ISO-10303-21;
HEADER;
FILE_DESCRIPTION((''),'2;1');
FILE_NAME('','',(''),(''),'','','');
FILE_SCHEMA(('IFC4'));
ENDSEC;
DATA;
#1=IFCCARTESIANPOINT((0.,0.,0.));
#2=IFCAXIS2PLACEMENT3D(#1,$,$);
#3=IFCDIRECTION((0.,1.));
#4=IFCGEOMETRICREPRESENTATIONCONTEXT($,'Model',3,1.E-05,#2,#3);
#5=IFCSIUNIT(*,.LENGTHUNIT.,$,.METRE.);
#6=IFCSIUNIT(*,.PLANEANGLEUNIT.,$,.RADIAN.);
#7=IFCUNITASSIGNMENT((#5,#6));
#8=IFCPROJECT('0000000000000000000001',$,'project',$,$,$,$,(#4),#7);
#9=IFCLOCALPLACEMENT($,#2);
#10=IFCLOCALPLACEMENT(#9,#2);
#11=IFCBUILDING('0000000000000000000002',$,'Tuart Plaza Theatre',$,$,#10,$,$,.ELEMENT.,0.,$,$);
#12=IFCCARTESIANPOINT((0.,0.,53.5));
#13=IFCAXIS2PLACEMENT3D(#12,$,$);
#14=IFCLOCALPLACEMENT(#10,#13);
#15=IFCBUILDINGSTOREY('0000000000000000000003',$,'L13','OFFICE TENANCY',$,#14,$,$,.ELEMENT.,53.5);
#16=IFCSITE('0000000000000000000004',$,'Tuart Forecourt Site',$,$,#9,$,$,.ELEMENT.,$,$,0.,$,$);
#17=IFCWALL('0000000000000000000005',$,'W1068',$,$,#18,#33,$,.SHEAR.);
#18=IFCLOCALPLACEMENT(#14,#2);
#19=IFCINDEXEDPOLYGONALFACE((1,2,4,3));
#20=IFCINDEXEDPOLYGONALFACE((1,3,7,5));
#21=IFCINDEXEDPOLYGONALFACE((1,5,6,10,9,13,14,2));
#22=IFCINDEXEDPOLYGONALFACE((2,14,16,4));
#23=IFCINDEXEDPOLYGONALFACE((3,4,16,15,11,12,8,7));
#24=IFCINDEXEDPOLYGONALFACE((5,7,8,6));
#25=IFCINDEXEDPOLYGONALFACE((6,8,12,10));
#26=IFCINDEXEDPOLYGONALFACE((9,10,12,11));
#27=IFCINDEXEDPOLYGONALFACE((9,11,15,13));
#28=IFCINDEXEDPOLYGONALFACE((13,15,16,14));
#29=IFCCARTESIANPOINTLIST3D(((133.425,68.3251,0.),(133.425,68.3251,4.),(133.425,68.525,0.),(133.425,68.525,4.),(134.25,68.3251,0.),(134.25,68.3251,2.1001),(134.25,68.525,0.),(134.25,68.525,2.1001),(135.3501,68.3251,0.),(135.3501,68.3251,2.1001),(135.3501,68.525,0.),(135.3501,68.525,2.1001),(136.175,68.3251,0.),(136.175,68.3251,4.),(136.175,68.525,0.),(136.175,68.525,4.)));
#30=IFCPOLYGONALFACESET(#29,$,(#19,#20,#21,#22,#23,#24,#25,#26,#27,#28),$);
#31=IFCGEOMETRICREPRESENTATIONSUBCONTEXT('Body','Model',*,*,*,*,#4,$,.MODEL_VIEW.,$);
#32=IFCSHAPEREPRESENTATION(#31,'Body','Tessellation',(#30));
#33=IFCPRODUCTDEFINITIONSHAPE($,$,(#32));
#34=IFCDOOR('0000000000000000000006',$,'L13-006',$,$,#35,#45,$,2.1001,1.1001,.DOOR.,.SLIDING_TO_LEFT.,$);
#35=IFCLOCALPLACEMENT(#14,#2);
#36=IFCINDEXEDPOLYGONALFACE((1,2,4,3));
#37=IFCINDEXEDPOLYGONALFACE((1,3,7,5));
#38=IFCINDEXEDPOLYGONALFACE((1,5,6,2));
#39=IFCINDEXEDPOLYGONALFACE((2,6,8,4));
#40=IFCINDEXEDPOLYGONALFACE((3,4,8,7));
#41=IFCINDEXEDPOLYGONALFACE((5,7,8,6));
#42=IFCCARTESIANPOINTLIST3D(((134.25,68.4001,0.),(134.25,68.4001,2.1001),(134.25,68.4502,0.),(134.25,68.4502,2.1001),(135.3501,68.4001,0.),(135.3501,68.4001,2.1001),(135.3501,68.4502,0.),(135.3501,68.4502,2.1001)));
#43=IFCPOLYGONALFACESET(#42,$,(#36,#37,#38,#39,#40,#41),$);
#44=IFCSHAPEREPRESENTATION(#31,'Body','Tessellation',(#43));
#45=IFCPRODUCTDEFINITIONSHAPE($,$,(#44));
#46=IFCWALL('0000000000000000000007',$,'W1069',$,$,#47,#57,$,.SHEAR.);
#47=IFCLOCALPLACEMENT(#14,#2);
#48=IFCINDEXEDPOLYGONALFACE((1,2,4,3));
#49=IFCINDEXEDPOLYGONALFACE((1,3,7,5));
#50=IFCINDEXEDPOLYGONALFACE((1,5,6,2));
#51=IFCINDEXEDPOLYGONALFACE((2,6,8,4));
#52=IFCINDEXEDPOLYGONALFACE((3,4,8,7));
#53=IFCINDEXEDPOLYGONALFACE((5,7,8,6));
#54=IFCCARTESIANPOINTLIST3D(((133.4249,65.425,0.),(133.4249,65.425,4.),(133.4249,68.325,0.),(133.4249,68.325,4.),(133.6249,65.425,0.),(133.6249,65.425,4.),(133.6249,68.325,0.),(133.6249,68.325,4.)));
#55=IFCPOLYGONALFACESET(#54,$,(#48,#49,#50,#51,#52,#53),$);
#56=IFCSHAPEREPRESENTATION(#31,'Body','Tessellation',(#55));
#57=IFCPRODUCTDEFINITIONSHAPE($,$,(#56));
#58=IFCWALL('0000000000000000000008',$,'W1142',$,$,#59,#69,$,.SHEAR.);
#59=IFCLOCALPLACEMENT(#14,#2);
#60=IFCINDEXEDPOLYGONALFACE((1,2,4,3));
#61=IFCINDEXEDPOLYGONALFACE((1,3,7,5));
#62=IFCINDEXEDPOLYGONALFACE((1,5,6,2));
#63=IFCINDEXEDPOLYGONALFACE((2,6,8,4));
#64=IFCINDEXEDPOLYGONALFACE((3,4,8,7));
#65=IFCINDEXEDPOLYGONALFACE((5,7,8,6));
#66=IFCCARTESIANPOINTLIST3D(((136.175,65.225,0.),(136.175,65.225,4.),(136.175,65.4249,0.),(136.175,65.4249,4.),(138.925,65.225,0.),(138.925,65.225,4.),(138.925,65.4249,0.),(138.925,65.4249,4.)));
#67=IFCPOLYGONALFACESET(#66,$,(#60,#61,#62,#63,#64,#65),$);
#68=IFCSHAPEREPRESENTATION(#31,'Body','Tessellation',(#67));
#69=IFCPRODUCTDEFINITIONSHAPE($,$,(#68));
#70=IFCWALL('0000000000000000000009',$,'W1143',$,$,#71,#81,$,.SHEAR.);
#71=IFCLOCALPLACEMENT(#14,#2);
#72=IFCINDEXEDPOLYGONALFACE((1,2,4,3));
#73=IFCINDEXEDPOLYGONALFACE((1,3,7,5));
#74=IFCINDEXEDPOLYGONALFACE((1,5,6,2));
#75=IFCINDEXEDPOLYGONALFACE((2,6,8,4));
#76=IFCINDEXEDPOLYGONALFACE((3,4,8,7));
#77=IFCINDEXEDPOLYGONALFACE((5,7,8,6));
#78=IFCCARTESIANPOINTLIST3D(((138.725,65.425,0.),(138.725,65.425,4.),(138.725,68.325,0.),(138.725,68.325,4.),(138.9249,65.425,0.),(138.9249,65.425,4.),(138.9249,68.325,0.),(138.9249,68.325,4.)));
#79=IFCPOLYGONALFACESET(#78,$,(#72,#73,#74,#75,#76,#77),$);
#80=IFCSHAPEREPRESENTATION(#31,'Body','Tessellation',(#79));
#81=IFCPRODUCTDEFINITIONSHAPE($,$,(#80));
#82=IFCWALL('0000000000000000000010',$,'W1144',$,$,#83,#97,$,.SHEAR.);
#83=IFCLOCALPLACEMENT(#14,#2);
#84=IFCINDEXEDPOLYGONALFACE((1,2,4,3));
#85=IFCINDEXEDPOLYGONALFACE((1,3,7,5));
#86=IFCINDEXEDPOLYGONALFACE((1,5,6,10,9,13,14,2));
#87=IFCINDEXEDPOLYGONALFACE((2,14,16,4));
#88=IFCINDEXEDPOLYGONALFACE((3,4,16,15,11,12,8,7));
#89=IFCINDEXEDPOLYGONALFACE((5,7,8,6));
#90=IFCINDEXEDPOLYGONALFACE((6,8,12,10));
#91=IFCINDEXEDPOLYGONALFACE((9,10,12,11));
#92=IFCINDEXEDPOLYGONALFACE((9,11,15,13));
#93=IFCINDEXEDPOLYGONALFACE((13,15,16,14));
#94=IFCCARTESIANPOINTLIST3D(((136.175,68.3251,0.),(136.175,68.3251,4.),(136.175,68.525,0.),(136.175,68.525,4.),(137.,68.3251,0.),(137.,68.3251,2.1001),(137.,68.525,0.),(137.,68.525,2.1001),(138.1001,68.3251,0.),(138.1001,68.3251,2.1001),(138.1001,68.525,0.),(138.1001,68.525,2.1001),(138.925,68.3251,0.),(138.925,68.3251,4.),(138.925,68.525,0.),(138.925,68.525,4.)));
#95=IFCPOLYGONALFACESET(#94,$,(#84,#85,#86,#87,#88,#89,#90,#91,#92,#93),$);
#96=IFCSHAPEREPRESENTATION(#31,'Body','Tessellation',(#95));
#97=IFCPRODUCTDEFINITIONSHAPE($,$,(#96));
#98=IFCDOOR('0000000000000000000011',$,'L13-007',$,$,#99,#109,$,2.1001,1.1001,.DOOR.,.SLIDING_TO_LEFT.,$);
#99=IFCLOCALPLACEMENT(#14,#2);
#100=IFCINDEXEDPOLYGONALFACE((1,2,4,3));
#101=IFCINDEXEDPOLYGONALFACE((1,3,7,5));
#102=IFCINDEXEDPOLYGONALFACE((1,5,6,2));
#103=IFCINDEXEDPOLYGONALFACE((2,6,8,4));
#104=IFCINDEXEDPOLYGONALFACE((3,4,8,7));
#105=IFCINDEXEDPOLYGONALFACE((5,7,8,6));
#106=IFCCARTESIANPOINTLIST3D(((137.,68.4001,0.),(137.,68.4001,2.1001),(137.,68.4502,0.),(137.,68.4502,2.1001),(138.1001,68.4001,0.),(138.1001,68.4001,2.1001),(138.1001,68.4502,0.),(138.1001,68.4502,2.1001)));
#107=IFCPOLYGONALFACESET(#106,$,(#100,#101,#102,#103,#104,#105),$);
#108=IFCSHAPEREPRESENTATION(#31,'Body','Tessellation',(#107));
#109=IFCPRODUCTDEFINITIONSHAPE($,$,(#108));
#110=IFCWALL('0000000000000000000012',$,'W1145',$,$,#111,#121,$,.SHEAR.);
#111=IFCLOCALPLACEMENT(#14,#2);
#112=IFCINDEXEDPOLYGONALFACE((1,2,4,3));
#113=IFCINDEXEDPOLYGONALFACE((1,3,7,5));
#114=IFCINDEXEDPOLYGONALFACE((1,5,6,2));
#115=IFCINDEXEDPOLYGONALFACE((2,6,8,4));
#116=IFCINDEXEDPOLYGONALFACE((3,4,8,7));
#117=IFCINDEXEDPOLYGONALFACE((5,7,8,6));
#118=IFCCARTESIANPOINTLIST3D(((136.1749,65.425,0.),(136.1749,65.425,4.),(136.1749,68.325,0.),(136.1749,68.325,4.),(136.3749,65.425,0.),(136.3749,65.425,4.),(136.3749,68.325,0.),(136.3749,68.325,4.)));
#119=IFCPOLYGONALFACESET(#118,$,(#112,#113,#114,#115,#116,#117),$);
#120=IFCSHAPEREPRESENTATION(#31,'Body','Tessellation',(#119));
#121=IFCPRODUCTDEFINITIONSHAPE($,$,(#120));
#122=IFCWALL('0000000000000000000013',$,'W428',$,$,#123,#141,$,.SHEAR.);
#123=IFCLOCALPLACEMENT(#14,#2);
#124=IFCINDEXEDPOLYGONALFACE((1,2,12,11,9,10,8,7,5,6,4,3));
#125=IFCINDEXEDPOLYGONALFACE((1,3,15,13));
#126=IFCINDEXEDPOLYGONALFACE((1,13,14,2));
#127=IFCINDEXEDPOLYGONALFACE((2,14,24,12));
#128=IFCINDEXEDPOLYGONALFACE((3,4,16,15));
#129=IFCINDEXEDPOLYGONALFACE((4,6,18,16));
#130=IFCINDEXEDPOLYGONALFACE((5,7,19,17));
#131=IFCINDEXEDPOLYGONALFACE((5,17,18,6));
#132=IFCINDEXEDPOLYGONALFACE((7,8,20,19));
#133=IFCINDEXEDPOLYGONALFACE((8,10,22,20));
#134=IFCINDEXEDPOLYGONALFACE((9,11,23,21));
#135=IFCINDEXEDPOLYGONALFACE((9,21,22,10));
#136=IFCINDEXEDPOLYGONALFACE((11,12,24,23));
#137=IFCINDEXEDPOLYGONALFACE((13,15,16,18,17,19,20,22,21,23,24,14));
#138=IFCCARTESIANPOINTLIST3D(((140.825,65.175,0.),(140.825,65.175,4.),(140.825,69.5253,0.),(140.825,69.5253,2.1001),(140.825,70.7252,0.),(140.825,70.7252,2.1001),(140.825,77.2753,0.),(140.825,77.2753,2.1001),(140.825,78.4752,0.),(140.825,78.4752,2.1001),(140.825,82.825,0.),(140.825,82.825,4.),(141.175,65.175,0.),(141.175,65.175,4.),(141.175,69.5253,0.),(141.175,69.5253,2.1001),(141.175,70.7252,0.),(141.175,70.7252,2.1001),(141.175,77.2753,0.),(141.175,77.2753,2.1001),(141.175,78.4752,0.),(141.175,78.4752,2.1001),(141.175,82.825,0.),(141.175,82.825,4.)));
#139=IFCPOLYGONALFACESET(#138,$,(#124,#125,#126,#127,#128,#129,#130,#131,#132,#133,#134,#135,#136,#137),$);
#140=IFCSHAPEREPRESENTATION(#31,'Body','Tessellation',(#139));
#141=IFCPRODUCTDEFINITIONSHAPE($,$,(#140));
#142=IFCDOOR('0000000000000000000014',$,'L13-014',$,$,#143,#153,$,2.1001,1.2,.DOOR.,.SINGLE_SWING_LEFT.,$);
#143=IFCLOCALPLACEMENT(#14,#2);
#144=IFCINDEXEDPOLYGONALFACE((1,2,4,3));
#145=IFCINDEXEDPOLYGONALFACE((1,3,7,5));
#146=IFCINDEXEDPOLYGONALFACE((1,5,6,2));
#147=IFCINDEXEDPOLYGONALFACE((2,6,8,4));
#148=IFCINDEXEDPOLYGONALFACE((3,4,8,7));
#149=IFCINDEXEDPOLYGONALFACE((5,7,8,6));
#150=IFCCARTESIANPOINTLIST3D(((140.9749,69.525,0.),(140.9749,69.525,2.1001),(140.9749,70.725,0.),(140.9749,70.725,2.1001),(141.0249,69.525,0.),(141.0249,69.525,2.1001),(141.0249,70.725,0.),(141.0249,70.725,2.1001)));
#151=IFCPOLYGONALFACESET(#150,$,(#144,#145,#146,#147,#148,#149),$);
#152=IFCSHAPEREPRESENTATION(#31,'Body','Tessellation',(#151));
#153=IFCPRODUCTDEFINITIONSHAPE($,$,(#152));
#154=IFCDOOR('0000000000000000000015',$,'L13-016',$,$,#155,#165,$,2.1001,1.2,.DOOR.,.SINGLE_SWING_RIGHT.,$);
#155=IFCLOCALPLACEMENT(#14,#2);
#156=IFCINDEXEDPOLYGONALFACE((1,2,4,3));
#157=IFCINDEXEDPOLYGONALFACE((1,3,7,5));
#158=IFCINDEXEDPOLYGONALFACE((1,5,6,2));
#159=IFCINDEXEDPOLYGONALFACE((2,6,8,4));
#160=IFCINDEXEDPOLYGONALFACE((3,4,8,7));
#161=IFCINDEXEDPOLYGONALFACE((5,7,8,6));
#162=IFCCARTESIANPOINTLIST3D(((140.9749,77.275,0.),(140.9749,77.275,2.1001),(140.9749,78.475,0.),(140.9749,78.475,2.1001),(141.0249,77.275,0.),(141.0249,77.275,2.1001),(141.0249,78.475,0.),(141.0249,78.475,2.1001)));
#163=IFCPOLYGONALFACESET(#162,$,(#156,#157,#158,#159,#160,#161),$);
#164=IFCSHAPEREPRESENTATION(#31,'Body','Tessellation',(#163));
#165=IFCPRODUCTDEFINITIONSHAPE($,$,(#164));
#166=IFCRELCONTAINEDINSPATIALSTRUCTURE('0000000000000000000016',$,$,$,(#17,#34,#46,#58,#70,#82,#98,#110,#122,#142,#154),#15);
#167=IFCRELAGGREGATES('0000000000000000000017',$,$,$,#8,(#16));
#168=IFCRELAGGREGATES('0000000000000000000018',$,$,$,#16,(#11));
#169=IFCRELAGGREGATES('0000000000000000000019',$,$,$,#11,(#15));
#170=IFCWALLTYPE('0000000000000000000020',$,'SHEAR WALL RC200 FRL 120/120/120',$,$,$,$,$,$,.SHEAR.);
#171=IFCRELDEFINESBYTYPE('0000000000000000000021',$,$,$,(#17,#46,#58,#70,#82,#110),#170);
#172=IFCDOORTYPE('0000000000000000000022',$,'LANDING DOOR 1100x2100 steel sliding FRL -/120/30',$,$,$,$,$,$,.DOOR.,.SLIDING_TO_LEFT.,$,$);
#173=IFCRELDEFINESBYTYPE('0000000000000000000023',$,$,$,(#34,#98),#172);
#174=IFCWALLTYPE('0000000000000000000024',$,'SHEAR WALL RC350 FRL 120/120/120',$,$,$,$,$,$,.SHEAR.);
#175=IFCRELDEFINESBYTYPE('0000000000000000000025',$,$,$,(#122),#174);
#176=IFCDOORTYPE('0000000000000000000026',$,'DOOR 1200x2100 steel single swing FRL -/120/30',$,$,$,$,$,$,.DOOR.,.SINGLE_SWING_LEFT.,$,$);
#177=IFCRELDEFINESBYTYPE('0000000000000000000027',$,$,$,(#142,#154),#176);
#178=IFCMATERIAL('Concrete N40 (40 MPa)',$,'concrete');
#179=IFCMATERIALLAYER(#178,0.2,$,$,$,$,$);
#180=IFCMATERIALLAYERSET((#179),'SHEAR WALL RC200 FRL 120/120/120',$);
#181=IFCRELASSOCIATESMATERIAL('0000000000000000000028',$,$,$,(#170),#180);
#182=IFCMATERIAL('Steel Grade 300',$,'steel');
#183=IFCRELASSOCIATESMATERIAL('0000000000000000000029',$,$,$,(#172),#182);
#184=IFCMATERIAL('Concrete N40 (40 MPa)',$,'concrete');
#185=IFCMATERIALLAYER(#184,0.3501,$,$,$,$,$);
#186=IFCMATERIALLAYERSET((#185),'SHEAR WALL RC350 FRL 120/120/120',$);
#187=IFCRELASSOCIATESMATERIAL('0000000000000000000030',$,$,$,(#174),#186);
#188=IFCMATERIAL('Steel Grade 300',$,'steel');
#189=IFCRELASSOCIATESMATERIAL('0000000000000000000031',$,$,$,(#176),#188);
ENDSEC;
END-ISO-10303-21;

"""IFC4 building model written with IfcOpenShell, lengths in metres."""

from ifc_helpers import new_model, si_unit, direction, frame, frame_2d, origin, place, context, subcontext, project, spatial, rectangle, extrude, material, layer, layer_set, type_object, element, fill, save


model = new_model("IFC4")

# Units and contexts
model_context = context("Model", 3, precision=1e-05, world=origin(), true_north=direction((0.0, 1.0)))
body_context = subcontext(model_context, "Body", "Model", "MODEL_VIEW")
ifc_project = project(units=[si_unit("LENGTHUNIT", "METRE"), si_unit("PLANEANGLEUNIT", "RADIAN")], contexts=[model_context])

# Site, building, storey
site_placement = place(None, origin())
site = spatial("IfcSite", under=ifc_project, at=site_placement, Name="Tuart Forecourt Site", CompositionType="ELEMENT", RefElevation=0.0)
building_placement = place(site_placement, origin())
building = spatial("IfcBuilding", under=site, at=building_placement, Name="Tuart Plaza Theatre", CompositionType="ELEMENT", ElevationOfRefHeight=0.0)
storey_placement = place(building_placement, frame((0.0, 0.0, 53.5)))
storey = spatial("IfcBuildingStorey", under=building, at=storey_placement, Name="L13", Description="OFFICE TENANCY", CompositionType="ELEMENT", Elevation=53.5)

# Shared definitions
ifc_material_1 = material(Name="Concrete N40 (40 MPa)", Category="concrete")
ifc_layer_1 = layer(ifc_material_1, 0.2)
ifc_layer_set_1 = layer_set([ifc_layer_1], Name="SHEAR WALL RC200 FRL 120/120/120")
wall_type_1 = type_object("IfcWallType", Name="SHEAR WALL RC200 FRL 120/120/120", PredefinedType="SHEAR", material=ifc_layer_set_1)

# Wall, opening, door
wall_1_placement = place(storey_placement, frame((136.175, 68.425, 0.0), z_axis=(0.0, 0.0, 1.0), x_axis=(-1.0, 0.0, 0.0)))
wall_1 = element("IfcWall", 1, at=wall_1_placement, inside=storey, type_object=wall_type_1, Name="W1068", PredefinedType="SHEAR", context=body_context, shape_type="SweptSolid", body=[
    extrude(rectangle(XDim=2.75, YDim=0.2, at=frame_2d((1.375, 0.0))), origin(), (0.0, 0.0, 1.0), 4.0),
])
opening_1_placement = place(wall_1_placement, frame((0.825, 0.0, 0.0)))
opening_1 = element("IfcOpeningElement", 2, at=opening_1_placement, cuts=wall_1, PredefinedType="OPENING", context=body_context, shape_type="SweptSolid", body=[
    extrude(rectangle(XDim=1.1001, YDim=2.1001, at=frame_2d((0.55, 1.05))), frame((0.0, 0.1099, 0.0), z_axis=(0.0, -1.0, 0.0), x_axis=(1.0, 0.0, 0.0)), (0.0, 0.0, 1.0), 0.22),
])
ifc_material_2 = material(Name="Steel Grade 300", Category="steel")
door_type_1 = type_object("IfcDoorType", Name="LANDING DOOR 1100x2100 steel sliding FRL -/120/30", OperationType="SLIDING_TO_LEFT", PredefinedType="DOOR", material=ifc_material_2)
door_1_placement = place(opening_1_placement, origin())
door_1 = element("IfcDoor", 3, at=door_1_placement, inside=storey, type_object=door_type_1, Name="L13-006", OperationType="SLIDING_TO_LEFT", OverallHeight=2.1001, OverallWidth=1.1001, PredefinedType="DOOR", context=body_context, shape_type="SweptSolid", body=[
    extrude(rectangle(XDim=1.1001, YDim=2.1001, at=frame_2d((0.55, 1.05))), frame((0.0, 0.0249, 0.0), z_axis=(0.0, -1.0, 0.0), x_axis=(1.0, 0.0, 0.0)), (0.0, 0.0, 1.0), 0.05),
])
fill(opening_1, door_1)

# Walls
wall_2_placement = place(storey_placement, frame((133.5249, 68.325, 0.0), z_axis=(0.0, 0.0, 1.0), x_axis=(0.0, -1.0, 0.0)))
element("IfcWall", 4, at=wall_2_placement, inside=storey, type_object=wall_type_1, Name="W1069", PredefinedType="SHEAR", context=body_context, shape_type="SweptSolid", body=[
    extrude(rectangle(XDim=2.8999, YDim=0.2, at=frame_2d((1.45, 0.0))), origin(), (0.0, 0.0, 1.0), 4.0),
])
wall_3_placement = place(storey_placement, frame((136.175, 65.325, 0.0), z_axis=(0.0, 0.0, 1.0), x_axis=(1.0, 0.0, 0.0)))
element("IfcWall", 5, at=wall_3_placement, inside=storey, type_object=wall_type_1, Name="W1142", PredefinedType="SHEAR", context=body_context, shape_type="SweptSolid", body=[
    extrude(rectangle(XDim=2.75, YDim=0.2, at=frame_2d((1.375, 0.0))), origin(), (0.0, 0.0, 1.0), 4.0),
])
wall_4_placement = place(storey_placement, frame((138.825, 65.425, 0.0), z_axis=(0.0, 0.0, 1.0), x_axis=(0.0, 1.0, 0.0)))
element("IfcWall", 6, at=wall_4_placement, inside=storey, type_object=wall_type_1, Name="W1143", PredefinedType="SHEAR", context=body_context, shape_type="SweptSolid", body=[
    extrude(rectangle(XDim=2.8999, YDim=0.2, at=frame_2d((1.45, 0.0))), origin(), (0.0, 0.0, 1.0), 4.0),
])

# Wall, opening, door
wall_5_placement = place(storey_placement, frame((138.925, 68.425, 0.0), z_axis=(0.0, 0.0, 1.0), x_axis=(-1.0, 0.0, 0.0)))
wall_5 = element("IfcWall", 7, at=wall_5_placement, inside=storey, type_object=wall_type_1, Name="W1144", PredefinedType="SHEAR", context=body_context, shape_type="SweptSolid", body=[
    extrude(rectangle(XDim=2.75, YDim=0.2, at=frame_2d((1.375, 0.0))), origin(), (0.0, 0.0, 1.0), 4.0),
])
opening_2_placement = place(wall_5_placement, frame((0.825, 0.0, 0.0)))
opening_2 = element("IfcOpeningElement", 8, at=opening_2_placement, cuts=wall_5, PredefinedType="OPENING", context=body_context, shape_type="SweptSolid", body=[
    extrude(rectangle(XDim=1.1001, YDim=2.1001, at=frame_2d((0.55, 1.05))), frame((0.0, 0.1099, 0.0), z_axis=(0.0, -1.0, 0.0), x_axis=(1.0, 0.0, 0.0)), (0.0, 0.0, 1.0), 0.22),
])
door_2_placement = place(opening_2_placement, origin())
door_2 = element("IfcDoor", 9, at=door_2_placement, inside=storey, type_object=door_type_1, Name="L13-007", OperationType="SLIDING_TO_LEFT", OverallHeight=2.1001, OverallWidth=1.1001, PredefinedType="DOOR", context=body_context, shape_type="SweptSolid", body=[
    extrude(rectangle(XDim=1.1001, YDim=2.1001, at=frame_2d((0.55, 1.05))), frame((0.0, 0.0249, 0.0), z_axis=(0.0, -1.0, 0.0), x_axis=(1.0, 0.0, 0.0)), (0.0, 0.0, 1.0), 0.05),
])
fill(opening_2, door_2)

# Wall
wall_6_placement = place(storey_placement, frame((136.2749, 68.325, 0.0), z_axis=(0.0, 0.0, 1.0), x_axis=(0.0, -1.0, 0.0)))
element("IfcWall", 10, at=wall_6_placement, inside=storey, type_object=wall_type_1, Name="W1145", PredefinedType="SHEAR", context=body_context, shape_type="SweptSolid", body=[
    extrude(rectangle(XDim=2.8999, YDim=0.2, at=frame_2d((1.45, 0.0))), origin(), (0.0, 0.0, 1.0), 4.0),
])

# Wall, openings, doors
ifc_material_3 = material(Name="Concrete N40 (40 MPa)", Category="concrete")
ifc_layer_2 = layer(ifc_material_3, 0.3501)
ifc_layer_set_2 = layer_set([ifc_layer_2], Name="SHEAR WALL RC350 FRL 120/120/120")
wall_type_2 = type_object("IfcWallType", Name="SHEAR WALL RC350 FRL 120/120/120", PredefinedType="SHEAR", material=ifc_layer_set_2)
wall_7_placement = place(storey_placement, frame((141.0, 65.175, 0.0), z_axis=(0.0, 0.0, 1.0), x_axis=(0.0, 1.0, 0.0)))
wall_7 = element("IfcWall", 11, at=wall_7_placement, inside=storey, type_object=wall_type_2, Name="W428", PredefinedType="SHEAR", context=body_context, shape_type="SweptSolid", body=[
    extrude(rectangle(XDim=17.6499, YDim=0.3501, at=frame_2d((8.825, 0.0))), origin(), (0.0, 0.0, 1.0), 4.0),
])
opening_3_placement = place(wall_7_placement, frame((4.3501, 0.0, 0.0)))
opening_3 = element("IfcOpeningElement", 12, at=opening_3_placement, cuts=wall_7, PredefinedType="OPENING", context=body_context, shape_type="SweptSolid", body=[
    extrude(rectangle(XDim=1.2, YDim=2.1001, at=frame_2d((0.6001, 1.05))), frame((0.0, 0.1851, 0.0), z_axis=(0.0, -1.0, 0.0), x_axis=(1.0, 0.0, 0.0)), (0.0, 0.0, 1.0), 0.3701),
])
opening_4_placement = place(wall_7_placement, frame((12.1001, 0.0, 0.0)))
opening_4 = element("IfcOpeningElement", 13, at=opening_4_placement, cuts=wall_7, PredefinedType="OPENING", context=body_context, shape_type="SweptSolid", body=[
    extrude(rectangle(XDim=1.2, YDim=2.1001, at=frame_2d((0.6001, 1.05))), frame((0.0, 0.1851, 0.0), z_axis=(0.0, -1.0, 0.0), x_axis=(1.0, 0.0, 0.0)), (0.0, 0.0, 1.0), 0.3701),
])
ifc_material_4 = material(Name="Steel Grade 300", Category="steel")
door_type_2 = type_object("IfcDoorType", Name="DOOR 1200x2100 steel single swing FRL -/120/30", OperationType="SINGLE_SWING_LEFT", PredefinedType="DOOR", material=ifc_material_4)
door_3_placement = place(opening_3_placement, frame((1.2, 0.0, 0.0), z_axis=(0.0, 0.0, 1.0), x_axis=(-1.0, 0.0, 0.0)))
door_3 = element("IfcDoor", 14, at=door_3_placement, inside=storey, type_object=door_type_2, Name="L13-014", OperationType="SINGLE_SWING_LEFT", OverallHeight=2.1001, OverallWidth=1.2, PredefinedType="DOOR", context=body_context, shape_type="SweptSolid", body=[
    extrude(rectangle(XDim=1.2, YDim=2.1001, at=frame_2d((0.6001, 1.05))), frame((0.0, 0.0249, 0.0), z_axis=(0.0, -1.0, 0.0), x_axis=(1.0, 0.0, 0.0)), (0.0, 0.0, 1.0), 0.05),
])
fill(opening_3, door_3)
door_4_placement = place(opening_4_placement, frame((1.2, 0.0, 0.0), z_axis=(0.0, 0.0, 1.0), x_axis=(-1.0, 0.0, 0.0)))
door_4 = element("IfcDoor", 15, at=door_4_placement, inside=storey, type_object=door_type_2, Name="L13-016", OperationType="SINGLE_SWING_RIGHT", OverallHeight=2.1001, OverallWidth=1.2, PredefinedType="DOOR", context=body_context, shape_type="SweptSolid", body=[
    extrude(rectangle(XDim=1.2, YDim=2.1001, at=frame_2d((0.6001, 1.05))), frame((0.0, 0.0249, 0.0), z_axis=(0.0, -1.0, 0.0), x_axis=(1.0, 0.0, 0.0)), (0.0, 0.0, 1.0), 0.05),
])
fill(opening_4, door_4)

save(model, "model.ifc")
